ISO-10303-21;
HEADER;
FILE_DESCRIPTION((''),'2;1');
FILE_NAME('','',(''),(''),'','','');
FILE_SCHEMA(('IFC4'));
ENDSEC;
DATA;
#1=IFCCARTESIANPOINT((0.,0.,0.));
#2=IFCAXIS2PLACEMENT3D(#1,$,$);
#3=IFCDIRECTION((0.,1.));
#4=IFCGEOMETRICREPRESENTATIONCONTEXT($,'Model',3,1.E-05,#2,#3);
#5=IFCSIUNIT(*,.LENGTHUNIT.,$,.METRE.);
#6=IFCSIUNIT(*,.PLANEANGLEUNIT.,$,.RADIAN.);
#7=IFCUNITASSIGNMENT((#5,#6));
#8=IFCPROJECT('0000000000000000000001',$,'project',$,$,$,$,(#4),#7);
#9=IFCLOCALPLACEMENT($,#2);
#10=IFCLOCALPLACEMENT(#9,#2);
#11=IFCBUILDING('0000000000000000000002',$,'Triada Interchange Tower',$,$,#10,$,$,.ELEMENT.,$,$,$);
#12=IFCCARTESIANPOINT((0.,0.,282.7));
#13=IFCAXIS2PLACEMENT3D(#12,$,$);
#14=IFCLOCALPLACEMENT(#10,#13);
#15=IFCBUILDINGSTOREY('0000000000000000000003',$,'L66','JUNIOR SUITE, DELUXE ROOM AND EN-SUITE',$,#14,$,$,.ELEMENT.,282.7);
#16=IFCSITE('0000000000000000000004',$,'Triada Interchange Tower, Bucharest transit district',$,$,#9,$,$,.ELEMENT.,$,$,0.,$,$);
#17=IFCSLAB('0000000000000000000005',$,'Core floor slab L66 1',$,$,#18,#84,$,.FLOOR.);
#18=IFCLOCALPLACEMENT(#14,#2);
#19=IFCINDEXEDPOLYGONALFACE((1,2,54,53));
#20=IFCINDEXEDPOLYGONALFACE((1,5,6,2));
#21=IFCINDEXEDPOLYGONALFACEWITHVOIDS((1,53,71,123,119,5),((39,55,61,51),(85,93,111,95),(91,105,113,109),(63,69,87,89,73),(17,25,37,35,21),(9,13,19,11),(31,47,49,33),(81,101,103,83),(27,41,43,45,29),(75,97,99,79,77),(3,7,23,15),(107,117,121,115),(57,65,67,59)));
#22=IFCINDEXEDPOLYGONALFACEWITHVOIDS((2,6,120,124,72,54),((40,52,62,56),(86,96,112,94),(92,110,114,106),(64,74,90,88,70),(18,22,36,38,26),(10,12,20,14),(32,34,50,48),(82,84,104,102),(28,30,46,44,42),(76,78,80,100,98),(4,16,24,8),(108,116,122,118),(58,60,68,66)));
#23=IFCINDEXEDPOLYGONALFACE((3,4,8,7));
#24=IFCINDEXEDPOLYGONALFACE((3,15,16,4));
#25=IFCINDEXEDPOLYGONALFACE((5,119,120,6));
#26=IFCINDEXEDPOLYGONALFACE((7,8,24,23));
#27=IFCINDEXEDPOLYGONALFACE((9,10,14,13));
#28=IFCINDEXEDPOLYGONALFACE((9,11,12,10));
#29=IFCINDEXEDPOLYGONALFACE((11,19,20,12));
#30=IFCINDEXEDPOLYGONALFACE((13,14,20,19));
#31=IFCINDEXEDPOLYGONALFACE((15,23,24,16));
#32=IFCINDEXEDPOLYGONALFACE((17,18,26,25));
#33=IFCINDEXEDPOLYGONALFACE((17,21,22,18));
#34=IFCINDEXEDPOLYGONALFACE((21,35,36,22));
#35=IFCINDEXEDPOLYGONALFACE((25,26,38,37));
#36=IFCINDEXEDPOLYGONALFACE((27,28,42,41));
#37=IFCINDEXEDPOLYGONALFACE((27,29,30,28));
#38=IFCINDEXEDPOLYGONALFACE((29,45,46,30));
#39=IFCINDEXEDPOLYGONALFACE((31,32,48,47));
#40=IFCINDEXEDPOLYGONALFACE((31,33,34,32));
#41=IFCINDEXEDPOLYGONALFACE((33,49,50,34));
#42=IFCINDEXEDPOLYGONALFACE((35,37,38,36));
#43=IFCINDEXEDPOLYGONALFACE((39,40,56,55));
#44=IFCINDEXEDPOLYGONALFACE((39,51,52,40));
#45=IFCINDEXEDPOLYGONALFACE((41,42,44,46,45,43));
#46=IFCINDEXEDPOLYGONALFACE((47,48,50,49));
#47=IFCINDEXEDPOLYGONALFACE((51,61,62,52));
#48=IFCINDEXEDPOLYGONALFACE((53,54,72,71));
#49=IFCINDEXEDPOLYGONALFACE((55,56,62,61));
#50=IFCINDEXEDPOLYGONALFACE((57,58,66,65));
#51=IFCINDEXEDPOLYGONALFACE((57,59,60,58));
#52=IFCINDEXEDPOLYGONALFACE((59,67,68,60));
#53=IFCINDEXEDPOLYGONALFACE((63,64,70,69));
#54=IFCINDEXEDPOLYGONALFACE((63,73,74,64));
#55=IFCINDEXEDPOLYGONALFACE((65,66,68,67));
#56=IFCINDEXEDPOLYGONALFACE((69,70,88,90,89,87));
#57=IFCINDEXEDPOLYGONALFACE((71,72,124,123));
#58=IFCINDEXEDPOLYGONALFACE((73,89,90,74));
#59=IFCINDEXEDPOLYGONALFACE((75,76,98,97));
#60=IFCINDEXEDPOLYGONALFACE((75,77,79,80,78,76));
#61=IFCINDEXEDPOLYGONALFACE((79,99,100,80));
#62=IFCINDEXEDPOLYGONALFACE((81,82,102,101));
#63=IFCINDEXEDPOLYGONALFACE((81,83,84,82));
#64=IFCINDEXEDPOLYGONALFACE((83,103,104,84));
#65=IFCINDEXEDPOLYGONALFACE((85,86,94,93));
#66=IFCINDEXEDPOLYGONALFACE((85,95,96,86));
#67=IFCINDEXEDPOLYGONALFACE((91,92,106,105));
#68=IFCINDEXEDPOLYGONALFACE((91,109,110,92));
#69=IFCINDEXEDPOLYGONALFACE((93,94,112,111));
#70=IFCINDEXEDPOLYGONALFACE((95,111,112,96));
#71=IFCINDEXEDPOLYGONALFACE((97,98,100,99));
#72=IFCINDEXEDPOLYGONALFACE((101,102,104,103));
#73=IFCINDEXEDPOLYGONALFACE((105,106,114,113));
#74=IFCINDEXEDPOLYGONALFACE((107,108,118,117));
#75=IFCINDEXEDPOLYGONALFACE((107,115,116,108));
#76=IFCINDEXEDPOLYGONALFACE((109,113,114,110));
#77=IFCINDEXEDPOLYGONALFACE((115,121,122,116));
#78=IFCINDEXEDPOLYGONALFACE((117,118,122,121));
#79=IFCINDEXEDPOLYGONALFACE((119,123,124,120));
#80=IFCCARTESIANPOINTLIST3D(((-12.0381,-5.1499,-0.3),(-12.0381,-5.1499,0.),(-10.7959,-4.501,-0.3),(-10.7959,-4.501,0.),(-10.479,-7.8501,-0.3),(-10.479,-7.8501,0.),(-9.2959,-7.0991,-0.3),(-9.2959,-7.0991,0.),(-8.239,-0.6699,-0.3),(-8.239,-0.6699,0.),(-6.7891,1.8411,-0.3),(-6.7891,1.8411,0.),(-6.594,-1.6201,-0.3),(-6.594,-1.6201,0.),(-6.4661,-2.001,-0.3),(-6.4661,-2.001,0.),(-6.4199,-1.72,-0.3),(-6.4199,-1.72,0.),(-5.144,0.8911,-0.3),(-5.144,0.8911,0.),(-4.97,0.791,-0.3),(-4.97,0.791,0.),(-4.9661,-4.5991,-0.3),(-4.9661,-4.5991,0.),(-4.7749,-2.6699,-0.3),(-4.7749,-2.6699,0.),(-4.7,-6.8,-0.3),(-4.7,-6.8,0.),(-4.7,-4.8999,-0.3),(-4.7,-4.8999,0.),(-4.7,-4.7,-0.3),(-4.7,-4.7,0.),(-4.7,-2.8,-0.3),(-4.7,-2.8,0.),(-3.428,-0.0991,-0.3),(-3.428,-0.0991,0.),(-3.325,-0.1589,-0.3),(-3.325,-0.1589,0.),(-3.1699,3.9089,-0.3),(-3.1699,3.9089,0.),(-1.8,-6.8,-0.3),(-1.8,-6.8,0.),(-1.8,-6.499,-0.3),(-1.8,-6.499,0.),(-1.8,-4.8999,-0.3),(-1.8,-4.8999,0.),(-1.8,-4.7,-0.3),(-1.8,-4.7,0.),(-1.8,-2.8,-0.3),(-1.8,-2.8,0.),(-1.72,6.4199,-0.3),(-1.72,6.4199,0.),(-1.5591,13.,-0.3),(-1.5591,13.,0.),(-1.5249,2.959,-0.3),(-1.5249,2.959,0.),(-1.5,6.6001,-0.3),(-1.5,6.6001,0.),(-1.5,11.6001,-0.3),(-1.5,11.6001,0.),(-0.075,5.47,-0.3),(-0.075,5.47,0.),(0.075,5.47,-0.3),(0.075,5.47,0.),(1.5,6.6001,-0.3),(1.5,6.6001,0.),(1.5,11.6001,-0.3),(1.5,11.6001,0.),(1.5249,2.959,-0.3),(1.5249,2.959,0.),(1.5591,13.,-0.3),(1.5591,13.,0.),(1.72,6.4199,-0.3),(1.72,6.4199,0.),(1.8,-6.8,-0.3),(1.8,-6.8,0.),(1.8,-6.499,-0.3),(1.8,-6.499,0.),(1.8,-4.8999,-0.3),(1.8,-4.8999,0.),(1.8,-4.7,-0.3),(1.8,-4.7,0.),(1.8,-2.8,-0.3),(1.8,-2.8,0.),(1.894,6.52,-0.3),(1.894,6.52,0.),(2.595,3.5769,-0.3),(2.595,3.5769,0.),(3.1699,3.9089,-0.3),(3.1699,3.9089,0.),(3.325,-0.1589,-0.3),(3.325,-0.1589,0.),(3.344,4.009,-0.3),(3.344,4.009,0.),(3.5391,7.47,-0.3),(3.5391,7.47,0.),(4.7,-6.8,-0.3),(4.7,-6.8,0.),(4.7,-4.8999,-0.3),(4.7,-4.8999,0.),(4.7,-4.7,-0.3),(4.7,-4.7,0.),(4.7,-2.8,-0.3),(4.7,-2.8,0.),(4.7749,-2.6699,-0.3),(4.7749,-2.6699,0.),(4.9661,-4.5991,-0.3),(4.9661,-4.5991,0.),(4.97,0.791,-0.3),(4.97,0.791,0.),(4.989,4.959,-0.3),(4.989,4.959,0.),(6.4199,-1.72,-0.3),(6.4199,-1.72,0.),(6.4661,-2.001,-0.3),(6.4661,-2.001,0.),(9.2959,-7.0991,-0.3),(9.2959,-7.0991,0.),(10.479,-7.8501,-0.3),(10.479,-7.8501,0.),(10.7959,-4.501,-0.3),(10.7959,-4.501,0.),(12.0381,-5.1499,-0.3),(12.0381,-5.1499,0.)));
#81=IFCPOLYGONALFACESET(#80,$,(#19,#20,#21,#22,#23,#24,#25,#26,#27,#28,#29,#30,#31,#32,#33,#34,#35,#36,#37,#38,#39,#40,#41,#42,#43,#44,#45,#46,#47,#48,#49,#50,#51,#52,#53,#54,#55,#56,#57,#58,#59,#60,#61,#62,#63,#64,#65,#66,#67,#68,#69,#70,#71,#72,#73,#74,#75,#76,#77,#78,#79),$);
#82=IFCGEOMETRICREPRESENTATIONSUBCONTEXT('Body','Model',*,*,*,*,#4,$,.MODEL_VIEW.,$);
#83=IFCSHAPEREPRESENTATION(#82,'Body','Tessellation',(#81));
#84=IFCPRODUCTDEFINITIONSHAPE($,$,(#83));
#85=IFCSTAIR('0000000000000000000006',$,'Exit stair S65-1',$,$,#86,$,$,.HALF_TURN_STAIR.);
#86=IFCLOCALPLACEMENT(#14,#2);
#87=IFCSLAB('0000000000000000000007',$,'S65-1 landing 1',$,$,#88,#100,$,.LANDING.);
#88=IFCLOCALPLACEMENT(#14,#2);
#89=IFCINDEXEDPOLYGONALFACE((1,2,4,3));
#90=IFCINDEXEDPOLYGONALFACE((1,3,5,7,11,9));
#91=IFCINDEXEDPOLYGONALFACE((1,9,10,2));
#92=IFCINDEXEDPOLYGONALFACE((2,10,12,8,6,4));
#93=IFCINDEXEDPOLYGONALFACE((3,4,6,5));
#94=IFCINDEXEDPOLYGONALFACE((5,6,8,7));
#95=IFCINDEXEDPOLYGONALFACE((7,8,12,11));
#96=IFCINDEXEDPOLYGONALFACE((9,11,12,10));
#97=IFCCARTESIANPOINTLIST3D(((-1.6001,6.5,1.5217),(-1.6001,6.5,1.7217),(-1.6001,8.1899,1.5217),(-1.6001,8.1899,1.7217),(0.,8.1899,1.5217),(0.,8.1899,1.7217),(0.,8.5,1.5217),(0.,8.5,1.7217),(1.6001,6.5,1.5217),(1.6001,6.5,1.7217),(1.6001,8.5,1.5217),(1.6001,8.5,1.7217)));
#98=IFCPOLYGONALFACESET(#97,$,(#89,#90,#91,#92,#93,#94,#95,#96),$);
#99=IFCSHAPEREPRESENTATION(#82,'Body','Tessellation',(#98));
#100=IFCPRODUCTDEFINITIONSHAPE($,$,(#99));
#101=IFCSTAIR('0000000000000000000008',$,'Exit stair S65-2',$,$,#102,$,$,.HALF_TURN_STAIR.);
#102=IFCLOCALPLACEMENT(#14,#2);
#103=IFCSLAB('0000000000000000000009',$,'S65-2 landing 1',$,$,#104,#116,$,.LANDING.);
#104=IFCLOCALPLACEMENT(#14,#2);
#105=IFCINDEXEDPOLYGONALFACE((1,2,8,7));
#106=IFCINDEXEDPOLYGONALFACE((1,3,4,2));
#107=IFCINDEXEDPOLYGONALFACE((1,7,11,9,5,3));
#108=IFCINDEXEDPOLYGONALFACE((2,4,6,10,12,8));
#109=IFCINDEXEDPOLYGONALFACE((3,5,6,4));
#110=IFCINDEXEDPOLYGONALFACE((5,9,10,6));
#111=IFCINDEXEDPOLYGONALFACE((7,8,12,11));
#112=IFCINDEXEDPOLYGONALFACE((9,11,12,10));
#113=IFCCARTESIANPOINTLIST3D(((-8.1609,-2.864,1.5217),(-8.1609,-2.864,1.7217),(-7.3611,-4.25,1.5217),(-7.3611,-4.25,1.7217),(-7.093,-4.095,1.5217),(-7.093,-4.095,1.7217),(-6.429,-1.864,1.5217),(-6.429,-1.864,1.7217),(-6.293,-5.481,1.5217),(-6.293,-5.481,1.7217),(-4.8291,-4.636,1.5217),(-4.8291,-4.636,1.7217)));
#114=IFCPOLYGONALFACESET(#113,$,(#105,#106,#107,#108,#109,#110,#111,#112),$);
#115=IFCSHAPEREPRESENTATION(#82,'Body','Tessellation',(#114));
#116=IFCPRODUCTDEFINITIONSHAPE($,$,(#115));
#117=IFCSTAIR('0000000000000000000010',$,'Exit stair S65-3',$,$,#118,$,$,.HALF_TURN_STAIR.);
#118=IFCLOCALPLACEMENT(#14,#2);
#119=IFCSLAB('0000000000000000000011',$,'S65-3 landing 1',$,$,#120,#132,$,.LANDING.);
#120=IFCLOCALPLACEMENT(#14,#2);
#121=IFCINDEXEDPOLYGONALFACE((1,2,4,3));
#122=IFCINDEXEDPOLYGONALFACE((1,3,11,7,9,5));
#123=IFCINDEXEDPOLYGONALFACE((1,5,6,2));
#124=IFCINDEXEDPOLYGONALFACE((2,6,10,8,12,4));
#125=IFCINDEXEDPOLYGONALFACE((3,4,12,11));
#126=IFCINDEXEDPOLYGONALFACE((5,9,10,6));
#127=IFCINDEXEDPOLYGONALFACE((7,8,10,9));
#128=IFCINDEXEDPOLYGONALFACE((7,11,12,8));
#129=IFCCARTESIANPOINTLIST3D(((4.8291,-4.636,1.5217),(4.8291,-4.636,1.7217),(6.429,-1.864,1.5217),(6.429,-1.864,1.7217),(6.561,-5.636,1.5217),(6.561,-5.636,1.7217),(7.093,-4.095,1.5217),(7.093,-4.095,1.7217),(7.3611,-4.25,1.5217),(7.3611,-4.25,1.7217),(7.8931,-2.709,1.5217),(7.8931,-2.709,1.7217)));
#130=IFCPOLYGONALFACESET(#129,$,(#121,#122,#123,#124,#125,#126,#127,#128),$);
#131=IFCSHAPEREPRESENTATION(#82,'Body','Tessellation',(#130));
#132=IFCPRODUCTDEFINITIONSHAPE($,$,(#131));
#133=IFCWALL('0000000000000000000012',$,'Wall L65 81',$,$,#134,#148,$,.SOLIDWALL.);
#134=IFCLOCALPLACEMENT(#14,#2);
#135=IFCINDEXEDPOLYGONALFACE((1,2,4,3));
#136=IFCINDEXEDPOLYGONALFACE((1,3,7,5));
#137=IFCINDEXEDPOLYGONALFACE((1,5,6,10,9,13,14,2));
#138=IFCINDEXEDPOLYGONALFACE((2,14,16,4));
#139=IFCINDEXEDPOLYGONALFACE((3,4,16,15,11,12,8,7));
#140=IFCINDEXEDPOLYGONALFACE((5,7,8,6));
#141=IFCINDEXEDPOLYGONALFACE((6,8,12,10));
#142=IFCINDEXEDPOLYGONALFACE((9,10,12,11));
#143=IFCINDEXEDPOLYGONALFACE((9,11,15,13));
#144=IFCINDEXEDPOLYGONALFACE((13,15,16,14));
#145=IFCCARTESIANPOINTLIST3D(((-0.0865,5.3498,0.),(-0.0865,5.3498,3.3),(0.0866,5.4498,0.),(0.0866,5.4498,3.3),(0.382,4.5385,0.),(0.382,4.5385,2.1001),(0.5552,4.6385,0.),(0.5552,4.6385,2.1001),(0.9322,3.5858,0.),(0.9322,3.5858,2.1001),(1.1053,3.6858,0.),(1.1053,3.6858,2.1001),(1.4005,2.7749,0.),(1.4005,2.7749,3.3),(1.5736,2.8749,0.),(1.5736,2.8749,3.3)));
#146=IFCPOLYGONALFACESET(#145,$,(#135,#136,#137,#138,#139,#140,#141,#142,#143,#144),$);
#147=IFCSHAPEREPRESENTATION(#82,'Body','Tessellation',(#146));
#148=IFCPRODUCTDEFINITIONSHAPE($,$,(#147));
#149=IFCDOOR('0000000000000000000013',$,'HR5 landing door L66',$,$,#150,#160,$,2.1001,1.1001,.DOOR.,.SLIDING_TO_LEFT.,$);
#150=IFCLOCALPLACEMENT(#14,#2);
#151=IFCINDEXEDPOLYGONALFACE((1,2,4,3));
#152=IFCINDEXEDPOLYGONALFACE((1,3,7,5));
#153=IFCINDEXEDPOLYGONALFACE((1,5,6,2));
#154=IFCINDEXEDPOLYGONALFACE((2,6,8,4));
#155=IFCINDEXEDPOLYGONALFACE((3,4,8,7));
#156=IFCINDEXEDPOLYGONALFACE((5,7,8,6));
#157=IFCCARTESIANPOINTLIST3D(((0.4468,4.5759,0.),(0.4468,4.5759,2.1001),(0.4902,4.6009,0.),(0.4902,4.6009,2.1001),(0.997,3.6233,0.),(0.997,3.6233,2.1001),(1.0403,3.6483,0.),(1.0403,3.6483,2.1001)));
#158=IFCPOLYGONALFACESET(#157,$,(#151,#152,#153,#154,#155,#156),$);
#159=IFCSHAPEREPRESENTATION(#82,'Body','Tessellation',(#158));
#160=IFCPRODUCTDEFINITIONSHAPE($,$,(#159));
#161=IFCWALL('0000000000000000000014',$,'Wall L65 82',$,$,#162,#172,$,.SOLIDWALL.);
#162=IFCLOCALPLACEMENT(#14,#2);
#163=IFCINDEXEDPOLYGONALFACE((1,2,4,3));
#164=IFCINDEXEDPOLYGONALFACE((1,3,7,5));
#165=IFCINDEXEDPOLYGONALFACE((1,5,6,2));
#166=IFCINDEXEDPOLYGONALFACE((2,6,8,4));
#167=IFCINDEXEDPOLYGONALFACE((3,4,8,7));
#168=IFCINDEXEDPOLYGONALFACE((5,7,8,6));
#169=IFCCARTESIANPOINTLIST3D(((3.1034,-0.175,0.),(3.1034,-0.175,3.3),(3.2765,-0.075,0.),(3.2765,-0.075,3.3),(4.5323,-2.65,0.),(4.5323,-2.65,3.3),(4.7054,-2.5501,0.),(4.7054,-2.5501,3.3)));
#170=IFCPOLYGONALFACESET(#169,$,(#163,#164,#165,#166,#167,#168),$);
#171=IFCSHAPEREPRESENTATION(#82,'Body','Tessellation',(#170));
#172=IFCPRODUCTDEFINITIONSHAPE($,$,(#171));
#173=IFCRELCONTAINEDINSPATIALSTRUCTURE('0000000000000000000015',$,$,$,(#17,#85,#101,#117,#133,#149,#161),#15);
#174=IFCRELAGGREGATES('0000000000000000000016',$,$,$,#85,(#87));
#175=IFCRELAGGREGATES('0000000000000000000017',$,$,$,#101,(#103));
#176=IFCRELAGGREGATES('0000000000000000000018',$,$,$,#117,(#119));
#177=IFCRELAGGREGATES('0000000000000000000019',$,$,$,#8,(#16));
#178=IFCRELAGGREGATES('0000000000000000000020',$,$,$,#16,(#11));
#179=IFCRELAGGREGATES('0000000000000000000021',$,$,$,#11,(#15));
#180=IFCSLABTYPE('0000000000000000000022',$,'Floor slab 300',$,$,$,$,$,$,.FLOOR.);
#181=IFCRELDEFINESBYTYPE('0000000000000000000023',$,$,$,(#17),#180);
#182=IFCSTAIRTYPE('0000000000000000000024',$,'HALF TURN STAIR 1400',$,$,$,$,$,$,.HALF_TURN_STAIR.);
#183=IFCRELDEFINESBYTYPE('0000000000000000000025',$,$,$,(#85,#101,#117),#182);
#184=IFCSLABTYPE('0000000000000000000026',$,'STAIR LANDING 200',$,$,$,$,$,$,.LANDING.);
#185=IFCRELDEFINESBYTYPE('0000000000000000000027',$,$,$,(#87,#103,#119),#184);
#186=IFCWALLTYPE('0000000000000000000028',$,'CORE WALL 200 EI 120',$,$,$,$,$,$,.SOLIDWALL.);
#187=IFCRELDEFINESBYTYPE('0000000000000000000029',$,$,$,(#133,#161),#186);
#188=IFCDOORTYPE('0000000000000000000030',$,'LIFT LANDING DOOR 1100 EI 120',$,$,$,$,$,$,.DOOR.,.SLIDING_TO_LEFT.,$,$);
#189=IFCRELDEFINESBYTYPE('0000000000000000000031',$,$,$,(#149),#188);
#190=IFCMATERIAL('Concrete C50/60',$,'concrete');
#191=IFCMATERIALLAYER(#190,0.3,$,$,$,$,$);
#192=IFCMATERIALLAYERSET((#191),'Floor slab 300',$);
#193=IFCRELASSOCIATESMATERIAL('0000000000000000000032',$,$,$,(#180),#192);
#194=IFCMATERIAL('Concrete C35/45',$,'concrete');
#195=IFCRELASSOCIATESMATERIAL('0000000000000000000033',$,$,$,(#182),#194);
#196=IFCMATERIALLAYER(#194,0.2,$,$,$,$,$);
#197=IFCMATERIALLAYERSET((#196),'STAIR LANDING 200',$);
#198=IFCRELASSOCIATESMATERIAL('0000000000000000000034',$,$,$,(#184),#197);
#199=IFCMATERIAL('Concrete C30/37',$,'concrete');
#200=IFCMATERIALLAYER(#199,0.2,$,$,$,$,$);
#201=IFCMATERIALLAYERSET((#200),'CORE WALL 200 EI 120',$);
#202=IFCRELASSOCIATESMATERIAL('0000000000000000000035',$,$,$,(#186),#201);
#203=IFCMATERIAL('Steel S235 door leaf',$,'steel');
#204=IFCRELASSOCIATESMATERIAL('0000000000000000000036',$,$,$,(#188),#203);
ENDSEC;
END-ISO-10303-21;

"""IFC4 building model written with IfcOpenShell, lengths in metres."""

from ifc_helpers import new_model, si_unit, direction, frame, frame_2d, origin, place, context, subcontext, project, spatial, polyline, rectangle, outline, extrude, material, layer, layer_set, type_object, element, fill, aggregate, save


model = new_model("IFC4")

# Units and contexts
model_context = context("Model", 3, precision=1e-05, world=origin(), true_north=direction((0.0, 1.0)))
body_context = subcontext(model_context, "Body", "Model", "MODEL_VIEW")
ifc_project = project(units=[si_unit("LENGTHUNIT", "METRE"), si_unit("PLANEANGLEUNIT", "RADIAN")], contexts=[model_context])

# Site, building, storey
site_placement = place(None, origin())
site = spatial("IfcSite", under=ifc_project, at=site_placement, Name="Triada Interchange Tower, Bucharest transit district", CompositionType="ELEMENT", RefElevation=0.0)
building_placement = place(site_placement, origin())
building = spatial("IfcBuilding", under=site, at=building_placement, Name="Triada Interchange Tower", CompositionType="ELEMENT")
storey_placement = place(building_placement, frame((0.0, 0.0, 282.7)))
storey = spatial("IfcBuildingStorey", under=building, at=storey_placement, Name="L66", Description="JUNIOR SUITE, DELUXE ROOM AND EN-SUITE", CompositionType="ELEMENT", Elevation=282.7)

# Slab
ifc_material_1 = material(Name="Concrete C50/60", Category="concrete")
ifc_layer_1 = layer(ifc_material_1, 0.3)
ifc_layer_set_1 = layer_set([ifc_layer_1], Name="Floor slab 300")
slab_type_1 = type_object("IfcSlabType", Name="Floor slab 300", PredefinedType="FLOOR", material=ifc_layer_set_1)
slab_1_placement = place(storey_placement, frame((0.0, 0.0, -0.3)))
element("IfcSlab", 1, at=slab_1_placement, inside=storey, type_object=slab_type_1, Name="Core floor slab L66 1", PredefinedType="FLOOR", context=body_context, shape_type="SweptSolid", body=[
    extrude(outline(polyline([(12.0381, -5.1499), (10.479, -7.8501), (-10.479, -7.8501), (-12.0381, -5.1499), (-1.5591, 13.0), (1.5591, 13.0), (12.0381, -5.1499)]), holes=[polyline([(9.2959, -7.0991), (10.7959, -4.501), (6.4661, -2.001), (4.9661, -4.5991), (9.2959, -7.0991)]), polyline([(4.97, 0.791), (3.325, -0.1589), (4.7749, -2.6699), (6.4199, -1.72), (4.97, 0.791)]), polyline([(1.894, 6.52), (3.344, 4.009), (4.989, 4.959), (3.5391, 7.47), (1.894, 6.52)]), polyline([(1.8, -4.8999), (1.8, -6.499), (1.8, -6.8), (4.7, -6.8), (4.7, -4.8999), (1.8, -4.8999)]), polyline([(4.7, -2.8), (1.8, -2.8), (1.8, -4.7), (4.7, -4.7), (4.7, -2.8)]), polyline([(1.5249, 2.959), (2.595, 3.5769), (3.1699, 3.9089), (1.72, 6.4199), (0.075, 5.47), (1.5249, 2.959)]), polyline([(-1.5, 11.6001), (-1.5, 6.6001), (1.5, 6.6001), (1.5, 11.6001), (-1.5, 11.6001)]), polyline([(-1.5249, 2.959), (-0.075, 5.47), (-1.72, 6.4199), (-3.1699, 3.9089), (-1.5249, 2.959)]), polyline([(-1.8, -2.8), (-4.7, -2.8), (-4.7, -4.7), (-1.8, -4.7), (-1.8, -2.8)]), polyline([(-4.7, -6.8), (-1.8, -6.8), (-1.8, -6.499), (-1.8, -4.8999), (-4.7, -4.8999), (-4.7, -6.8)]), polyline([(-3.428, -0.0991), (-4.97, 0.791), (-6.4199, -1.72), (-4.7749, -2.6699), (-3.325, -0.1589), (-3.428, -0.0991)]), polyline([(-10.7959, -4.501), (-9.2959, -7.0991), (-4.9661, -4.5991), (-6.4661, -2.001), (-10.7959, -4.501)]), polyline([(-6.594, -1.6201), (-5.144, 0.8911), (-6.7891, 1.8411), (-8.239, -0.6699), (-6.594, -1.6201)])]), origin(), (0.0, 0.0, 1.0), 0.3),
])

# Stairs, slabs
ifc_material_2 = material(Name="Concrete C35/45", Category="concrete")
stair_type = type_object("IfcStairType", Name="HALF TURN STAIR 1400", PredefinedType="HALF_TURN_STAIR", material=ifc_material_2)
stair_1_placement = place(storey_placement, origin())
stair_1 = element("IfcStair", 2, at=stair_1_placement, inside=storey, type_object=stair_type, Name="Exit stair S65-1", PredefinedType="HALF_TURN_STAIR")
ifc_layer_2 = layer(ifc_material_2, 0.2)
ifc_layer_set_2 = layer_set([ifc_layer_2], Name="STAIR LANDING 200")
slab_type_2 = type_object("IfcSlabType", Name="STAIR LANDING 200", PredefinedType="LANDING", material=ifc_layer_set_2)
slab_2_placement = place(storey_placement, frame((0.0, 0.0, 1.5217)))
slab_2 = element("IfcSlab", 3, at=slab_2_placement, type_object=slab_type_2, Name="S65-1 landing 1", PredefinedType="LANDING", context=body_context, shape_type="SweptSolid", body=[
    extrude(outline(polyline([(1.6001, 6.5), (1.6001, 8.5), (0.0, 8.5), (0.0, 8.1899), (-1.6001, 8.1899), (-1.6001, 6.5), (1.6001, 6.5)])), origin(), (0.0, 0.0, 1.0), 0.2),
])
aggregate(stair_1, [slab_2])
stair_2_placement = place(storey_placement, origin())
stair_2 = element("IfcStair", 4, at=stair_2_placement, inside=storey, type_object=stair_type, Name="Exit stair S65-2", PredefinedType="HALF_TURN_STAIR")
slab_3_placement = place(storey_placement, frame((0.0, 0.0, 1.5217)))
slab_3 = element("IfcSlab", 5, at=slab_3_placement, type_object=slab_type_2, Name="S65-2 landing 1", PredefinedType="LANDING", context=body_context, shape_type="SweptSolid", body=[
    extrude(outline(polyline([(-6.429, -1.864), (-8.1609, -2.864), (-7.3611, -4.25), (-7.093, -4.095), (-6.293, -5.481), (-4.8291, -4.636), (-6.429, -1.864)])), origin(), (0.0, 0.0, 1.0), 0.2),
])
aggregate(stair_2, [slab_3])
stair_3_placement = place(storey_placement, origin())
stair_3 = element("IfcStair", 6, at=stair_3_placement, inside=storey, type_object=stair_type, Name="Exit stair S65-3", PredefinedType="HALF_TURN_STAIR")
slab_4_placement = place(storey_placement, frame((0.0, 0.0, 1.5217)))
slab_4 = element("IfcSlab", 7, at=slab_4_placement, type_object=slab_type_2, Name="S65-3 landing 1", PredefinedType="LANDING", context=body_context, shape_type="SweptSolid", body=[
    extrude(outline(polyline([(4.8291, -4.636), (6.561, -5.636), (7.3611, -4.25), (7.093, -4.095), (7.8931, -2.709), (6.429, -1.864), (4.8291, -4.636)])), origin(), (0.0, 0.0, 1.0), 0.2),
])
aggregate(stair_3, [slab_4])

# Wall, opening, door
ifc_material_3 = material(Name="Concrete C30/37", Category="concrete")
ifc_layer_3 = layer(ifc_material_3, 0.2)
ifc_layer_set_3 = layer_set([ifc_layer_3], Name="CORE WALL 200 EI 120")
wall_type_1 = type_object("IfcWallType", Name="CORE WALL 200 EI 120", PredefinedType="SOLIDWALL", material=ifc_layer_set_3)
wall_1_placement = place(storey_placement, frame((0.0, 5.3999, 0.0), z_axis=(0.0, 0.0, 1.0), x_axis=(0.500104, -0.865965, 0.0)))
wall_1 = element("IfcWall", 8, at=wall_1_placement, inside=storey, type_object=wall_type_1, Name="Wall L65 81", PredefinedType="SOLIDWALL", context=body_context, shape_type="SweptSolid", body=[
    extrude(rectangle(XDim=2.9734, YDim=0.2, at=frame_2d((1.4868, 0.0))), origin(), (0.0, 0.0, 1.0), 3.3),
])
opening_1_placement = place(wall_1_placement, frame((0.937, 0.0, 0.0)))
opening_1 = element("IfcOpeningElement", 9, at=opening_1_placement, cuts=wall_1, PredefinedType="OPENING", context=body_context, shape_type="SweptSolid", body=[
    extrude(rectangle(XDim=1.1001, YDim=2.1001, at=frame_2d((0.55, 1.05))), frame((0.0, 0.1099, 0.0), z_axis=(0.0, -1.0, 0.0), x_axis=(1.0, 0.0, 0.0)), (0.0, 0.0, 1.0), 0.22),
])
ifc_material_4 = material(Name="Steel S235 door leaf", Category="steel")
door_type_1 = type_object("IfcDoorType", Name="LIFT LANDING DOOR 1100 EI 120", OperationType="SLIDING_TO_LEFT", PredefinedType="DOOR", material=ifc_material_4)
door_1_placement = place(opening_1_placement, origin())
door_1 = element("IfcDoor", 10, at=door_1_placement, inside=storey, type_object=door_type_1, Name="HR5 landing door L66", OperationType="SLIDING_TO_LEFT", OverallHeight=2.1001, OverallWidth=1.1001, PredefinedType="DOOR", context=body_context, shape_type="SweptSolid", body=[
    extrude(rectangle(XDim=1.1001, YDim=2.1001, at=frame_2d((0.55, 1.05))), frame((0.0, 0.0249, 0.0), z_axis=(0.0, -1.0, 0.0), x_axis=(1.0, 0.0, 0.0)), (0.0, 0.0, 1.0), 0.05),
])
fill(opening_1, door_1)

# Wall
wall_2_placement = place(storey_placement, frame((3.1899, -0.125, 0.0), z_axis=(0.0, 0.0, 1.0), x_axis=(0.499989, -0.866032, 0.0)))
element("IfcWall", 11, at=wall_2_placement, inside=storey, type_object=wall_type_1, Name="Wall L65 82", PredefinedType="SOLIDWALL", context=body_context, shape_type="SweptSolid", body=[
    extrude(rectangle(XDim=2.8579, YDim=0.2, at=frame_2d((1.429, 0.0))), origin(), (0.0, 0.0, 1.0), 3.3),
])

save(model, "model.ifc")
